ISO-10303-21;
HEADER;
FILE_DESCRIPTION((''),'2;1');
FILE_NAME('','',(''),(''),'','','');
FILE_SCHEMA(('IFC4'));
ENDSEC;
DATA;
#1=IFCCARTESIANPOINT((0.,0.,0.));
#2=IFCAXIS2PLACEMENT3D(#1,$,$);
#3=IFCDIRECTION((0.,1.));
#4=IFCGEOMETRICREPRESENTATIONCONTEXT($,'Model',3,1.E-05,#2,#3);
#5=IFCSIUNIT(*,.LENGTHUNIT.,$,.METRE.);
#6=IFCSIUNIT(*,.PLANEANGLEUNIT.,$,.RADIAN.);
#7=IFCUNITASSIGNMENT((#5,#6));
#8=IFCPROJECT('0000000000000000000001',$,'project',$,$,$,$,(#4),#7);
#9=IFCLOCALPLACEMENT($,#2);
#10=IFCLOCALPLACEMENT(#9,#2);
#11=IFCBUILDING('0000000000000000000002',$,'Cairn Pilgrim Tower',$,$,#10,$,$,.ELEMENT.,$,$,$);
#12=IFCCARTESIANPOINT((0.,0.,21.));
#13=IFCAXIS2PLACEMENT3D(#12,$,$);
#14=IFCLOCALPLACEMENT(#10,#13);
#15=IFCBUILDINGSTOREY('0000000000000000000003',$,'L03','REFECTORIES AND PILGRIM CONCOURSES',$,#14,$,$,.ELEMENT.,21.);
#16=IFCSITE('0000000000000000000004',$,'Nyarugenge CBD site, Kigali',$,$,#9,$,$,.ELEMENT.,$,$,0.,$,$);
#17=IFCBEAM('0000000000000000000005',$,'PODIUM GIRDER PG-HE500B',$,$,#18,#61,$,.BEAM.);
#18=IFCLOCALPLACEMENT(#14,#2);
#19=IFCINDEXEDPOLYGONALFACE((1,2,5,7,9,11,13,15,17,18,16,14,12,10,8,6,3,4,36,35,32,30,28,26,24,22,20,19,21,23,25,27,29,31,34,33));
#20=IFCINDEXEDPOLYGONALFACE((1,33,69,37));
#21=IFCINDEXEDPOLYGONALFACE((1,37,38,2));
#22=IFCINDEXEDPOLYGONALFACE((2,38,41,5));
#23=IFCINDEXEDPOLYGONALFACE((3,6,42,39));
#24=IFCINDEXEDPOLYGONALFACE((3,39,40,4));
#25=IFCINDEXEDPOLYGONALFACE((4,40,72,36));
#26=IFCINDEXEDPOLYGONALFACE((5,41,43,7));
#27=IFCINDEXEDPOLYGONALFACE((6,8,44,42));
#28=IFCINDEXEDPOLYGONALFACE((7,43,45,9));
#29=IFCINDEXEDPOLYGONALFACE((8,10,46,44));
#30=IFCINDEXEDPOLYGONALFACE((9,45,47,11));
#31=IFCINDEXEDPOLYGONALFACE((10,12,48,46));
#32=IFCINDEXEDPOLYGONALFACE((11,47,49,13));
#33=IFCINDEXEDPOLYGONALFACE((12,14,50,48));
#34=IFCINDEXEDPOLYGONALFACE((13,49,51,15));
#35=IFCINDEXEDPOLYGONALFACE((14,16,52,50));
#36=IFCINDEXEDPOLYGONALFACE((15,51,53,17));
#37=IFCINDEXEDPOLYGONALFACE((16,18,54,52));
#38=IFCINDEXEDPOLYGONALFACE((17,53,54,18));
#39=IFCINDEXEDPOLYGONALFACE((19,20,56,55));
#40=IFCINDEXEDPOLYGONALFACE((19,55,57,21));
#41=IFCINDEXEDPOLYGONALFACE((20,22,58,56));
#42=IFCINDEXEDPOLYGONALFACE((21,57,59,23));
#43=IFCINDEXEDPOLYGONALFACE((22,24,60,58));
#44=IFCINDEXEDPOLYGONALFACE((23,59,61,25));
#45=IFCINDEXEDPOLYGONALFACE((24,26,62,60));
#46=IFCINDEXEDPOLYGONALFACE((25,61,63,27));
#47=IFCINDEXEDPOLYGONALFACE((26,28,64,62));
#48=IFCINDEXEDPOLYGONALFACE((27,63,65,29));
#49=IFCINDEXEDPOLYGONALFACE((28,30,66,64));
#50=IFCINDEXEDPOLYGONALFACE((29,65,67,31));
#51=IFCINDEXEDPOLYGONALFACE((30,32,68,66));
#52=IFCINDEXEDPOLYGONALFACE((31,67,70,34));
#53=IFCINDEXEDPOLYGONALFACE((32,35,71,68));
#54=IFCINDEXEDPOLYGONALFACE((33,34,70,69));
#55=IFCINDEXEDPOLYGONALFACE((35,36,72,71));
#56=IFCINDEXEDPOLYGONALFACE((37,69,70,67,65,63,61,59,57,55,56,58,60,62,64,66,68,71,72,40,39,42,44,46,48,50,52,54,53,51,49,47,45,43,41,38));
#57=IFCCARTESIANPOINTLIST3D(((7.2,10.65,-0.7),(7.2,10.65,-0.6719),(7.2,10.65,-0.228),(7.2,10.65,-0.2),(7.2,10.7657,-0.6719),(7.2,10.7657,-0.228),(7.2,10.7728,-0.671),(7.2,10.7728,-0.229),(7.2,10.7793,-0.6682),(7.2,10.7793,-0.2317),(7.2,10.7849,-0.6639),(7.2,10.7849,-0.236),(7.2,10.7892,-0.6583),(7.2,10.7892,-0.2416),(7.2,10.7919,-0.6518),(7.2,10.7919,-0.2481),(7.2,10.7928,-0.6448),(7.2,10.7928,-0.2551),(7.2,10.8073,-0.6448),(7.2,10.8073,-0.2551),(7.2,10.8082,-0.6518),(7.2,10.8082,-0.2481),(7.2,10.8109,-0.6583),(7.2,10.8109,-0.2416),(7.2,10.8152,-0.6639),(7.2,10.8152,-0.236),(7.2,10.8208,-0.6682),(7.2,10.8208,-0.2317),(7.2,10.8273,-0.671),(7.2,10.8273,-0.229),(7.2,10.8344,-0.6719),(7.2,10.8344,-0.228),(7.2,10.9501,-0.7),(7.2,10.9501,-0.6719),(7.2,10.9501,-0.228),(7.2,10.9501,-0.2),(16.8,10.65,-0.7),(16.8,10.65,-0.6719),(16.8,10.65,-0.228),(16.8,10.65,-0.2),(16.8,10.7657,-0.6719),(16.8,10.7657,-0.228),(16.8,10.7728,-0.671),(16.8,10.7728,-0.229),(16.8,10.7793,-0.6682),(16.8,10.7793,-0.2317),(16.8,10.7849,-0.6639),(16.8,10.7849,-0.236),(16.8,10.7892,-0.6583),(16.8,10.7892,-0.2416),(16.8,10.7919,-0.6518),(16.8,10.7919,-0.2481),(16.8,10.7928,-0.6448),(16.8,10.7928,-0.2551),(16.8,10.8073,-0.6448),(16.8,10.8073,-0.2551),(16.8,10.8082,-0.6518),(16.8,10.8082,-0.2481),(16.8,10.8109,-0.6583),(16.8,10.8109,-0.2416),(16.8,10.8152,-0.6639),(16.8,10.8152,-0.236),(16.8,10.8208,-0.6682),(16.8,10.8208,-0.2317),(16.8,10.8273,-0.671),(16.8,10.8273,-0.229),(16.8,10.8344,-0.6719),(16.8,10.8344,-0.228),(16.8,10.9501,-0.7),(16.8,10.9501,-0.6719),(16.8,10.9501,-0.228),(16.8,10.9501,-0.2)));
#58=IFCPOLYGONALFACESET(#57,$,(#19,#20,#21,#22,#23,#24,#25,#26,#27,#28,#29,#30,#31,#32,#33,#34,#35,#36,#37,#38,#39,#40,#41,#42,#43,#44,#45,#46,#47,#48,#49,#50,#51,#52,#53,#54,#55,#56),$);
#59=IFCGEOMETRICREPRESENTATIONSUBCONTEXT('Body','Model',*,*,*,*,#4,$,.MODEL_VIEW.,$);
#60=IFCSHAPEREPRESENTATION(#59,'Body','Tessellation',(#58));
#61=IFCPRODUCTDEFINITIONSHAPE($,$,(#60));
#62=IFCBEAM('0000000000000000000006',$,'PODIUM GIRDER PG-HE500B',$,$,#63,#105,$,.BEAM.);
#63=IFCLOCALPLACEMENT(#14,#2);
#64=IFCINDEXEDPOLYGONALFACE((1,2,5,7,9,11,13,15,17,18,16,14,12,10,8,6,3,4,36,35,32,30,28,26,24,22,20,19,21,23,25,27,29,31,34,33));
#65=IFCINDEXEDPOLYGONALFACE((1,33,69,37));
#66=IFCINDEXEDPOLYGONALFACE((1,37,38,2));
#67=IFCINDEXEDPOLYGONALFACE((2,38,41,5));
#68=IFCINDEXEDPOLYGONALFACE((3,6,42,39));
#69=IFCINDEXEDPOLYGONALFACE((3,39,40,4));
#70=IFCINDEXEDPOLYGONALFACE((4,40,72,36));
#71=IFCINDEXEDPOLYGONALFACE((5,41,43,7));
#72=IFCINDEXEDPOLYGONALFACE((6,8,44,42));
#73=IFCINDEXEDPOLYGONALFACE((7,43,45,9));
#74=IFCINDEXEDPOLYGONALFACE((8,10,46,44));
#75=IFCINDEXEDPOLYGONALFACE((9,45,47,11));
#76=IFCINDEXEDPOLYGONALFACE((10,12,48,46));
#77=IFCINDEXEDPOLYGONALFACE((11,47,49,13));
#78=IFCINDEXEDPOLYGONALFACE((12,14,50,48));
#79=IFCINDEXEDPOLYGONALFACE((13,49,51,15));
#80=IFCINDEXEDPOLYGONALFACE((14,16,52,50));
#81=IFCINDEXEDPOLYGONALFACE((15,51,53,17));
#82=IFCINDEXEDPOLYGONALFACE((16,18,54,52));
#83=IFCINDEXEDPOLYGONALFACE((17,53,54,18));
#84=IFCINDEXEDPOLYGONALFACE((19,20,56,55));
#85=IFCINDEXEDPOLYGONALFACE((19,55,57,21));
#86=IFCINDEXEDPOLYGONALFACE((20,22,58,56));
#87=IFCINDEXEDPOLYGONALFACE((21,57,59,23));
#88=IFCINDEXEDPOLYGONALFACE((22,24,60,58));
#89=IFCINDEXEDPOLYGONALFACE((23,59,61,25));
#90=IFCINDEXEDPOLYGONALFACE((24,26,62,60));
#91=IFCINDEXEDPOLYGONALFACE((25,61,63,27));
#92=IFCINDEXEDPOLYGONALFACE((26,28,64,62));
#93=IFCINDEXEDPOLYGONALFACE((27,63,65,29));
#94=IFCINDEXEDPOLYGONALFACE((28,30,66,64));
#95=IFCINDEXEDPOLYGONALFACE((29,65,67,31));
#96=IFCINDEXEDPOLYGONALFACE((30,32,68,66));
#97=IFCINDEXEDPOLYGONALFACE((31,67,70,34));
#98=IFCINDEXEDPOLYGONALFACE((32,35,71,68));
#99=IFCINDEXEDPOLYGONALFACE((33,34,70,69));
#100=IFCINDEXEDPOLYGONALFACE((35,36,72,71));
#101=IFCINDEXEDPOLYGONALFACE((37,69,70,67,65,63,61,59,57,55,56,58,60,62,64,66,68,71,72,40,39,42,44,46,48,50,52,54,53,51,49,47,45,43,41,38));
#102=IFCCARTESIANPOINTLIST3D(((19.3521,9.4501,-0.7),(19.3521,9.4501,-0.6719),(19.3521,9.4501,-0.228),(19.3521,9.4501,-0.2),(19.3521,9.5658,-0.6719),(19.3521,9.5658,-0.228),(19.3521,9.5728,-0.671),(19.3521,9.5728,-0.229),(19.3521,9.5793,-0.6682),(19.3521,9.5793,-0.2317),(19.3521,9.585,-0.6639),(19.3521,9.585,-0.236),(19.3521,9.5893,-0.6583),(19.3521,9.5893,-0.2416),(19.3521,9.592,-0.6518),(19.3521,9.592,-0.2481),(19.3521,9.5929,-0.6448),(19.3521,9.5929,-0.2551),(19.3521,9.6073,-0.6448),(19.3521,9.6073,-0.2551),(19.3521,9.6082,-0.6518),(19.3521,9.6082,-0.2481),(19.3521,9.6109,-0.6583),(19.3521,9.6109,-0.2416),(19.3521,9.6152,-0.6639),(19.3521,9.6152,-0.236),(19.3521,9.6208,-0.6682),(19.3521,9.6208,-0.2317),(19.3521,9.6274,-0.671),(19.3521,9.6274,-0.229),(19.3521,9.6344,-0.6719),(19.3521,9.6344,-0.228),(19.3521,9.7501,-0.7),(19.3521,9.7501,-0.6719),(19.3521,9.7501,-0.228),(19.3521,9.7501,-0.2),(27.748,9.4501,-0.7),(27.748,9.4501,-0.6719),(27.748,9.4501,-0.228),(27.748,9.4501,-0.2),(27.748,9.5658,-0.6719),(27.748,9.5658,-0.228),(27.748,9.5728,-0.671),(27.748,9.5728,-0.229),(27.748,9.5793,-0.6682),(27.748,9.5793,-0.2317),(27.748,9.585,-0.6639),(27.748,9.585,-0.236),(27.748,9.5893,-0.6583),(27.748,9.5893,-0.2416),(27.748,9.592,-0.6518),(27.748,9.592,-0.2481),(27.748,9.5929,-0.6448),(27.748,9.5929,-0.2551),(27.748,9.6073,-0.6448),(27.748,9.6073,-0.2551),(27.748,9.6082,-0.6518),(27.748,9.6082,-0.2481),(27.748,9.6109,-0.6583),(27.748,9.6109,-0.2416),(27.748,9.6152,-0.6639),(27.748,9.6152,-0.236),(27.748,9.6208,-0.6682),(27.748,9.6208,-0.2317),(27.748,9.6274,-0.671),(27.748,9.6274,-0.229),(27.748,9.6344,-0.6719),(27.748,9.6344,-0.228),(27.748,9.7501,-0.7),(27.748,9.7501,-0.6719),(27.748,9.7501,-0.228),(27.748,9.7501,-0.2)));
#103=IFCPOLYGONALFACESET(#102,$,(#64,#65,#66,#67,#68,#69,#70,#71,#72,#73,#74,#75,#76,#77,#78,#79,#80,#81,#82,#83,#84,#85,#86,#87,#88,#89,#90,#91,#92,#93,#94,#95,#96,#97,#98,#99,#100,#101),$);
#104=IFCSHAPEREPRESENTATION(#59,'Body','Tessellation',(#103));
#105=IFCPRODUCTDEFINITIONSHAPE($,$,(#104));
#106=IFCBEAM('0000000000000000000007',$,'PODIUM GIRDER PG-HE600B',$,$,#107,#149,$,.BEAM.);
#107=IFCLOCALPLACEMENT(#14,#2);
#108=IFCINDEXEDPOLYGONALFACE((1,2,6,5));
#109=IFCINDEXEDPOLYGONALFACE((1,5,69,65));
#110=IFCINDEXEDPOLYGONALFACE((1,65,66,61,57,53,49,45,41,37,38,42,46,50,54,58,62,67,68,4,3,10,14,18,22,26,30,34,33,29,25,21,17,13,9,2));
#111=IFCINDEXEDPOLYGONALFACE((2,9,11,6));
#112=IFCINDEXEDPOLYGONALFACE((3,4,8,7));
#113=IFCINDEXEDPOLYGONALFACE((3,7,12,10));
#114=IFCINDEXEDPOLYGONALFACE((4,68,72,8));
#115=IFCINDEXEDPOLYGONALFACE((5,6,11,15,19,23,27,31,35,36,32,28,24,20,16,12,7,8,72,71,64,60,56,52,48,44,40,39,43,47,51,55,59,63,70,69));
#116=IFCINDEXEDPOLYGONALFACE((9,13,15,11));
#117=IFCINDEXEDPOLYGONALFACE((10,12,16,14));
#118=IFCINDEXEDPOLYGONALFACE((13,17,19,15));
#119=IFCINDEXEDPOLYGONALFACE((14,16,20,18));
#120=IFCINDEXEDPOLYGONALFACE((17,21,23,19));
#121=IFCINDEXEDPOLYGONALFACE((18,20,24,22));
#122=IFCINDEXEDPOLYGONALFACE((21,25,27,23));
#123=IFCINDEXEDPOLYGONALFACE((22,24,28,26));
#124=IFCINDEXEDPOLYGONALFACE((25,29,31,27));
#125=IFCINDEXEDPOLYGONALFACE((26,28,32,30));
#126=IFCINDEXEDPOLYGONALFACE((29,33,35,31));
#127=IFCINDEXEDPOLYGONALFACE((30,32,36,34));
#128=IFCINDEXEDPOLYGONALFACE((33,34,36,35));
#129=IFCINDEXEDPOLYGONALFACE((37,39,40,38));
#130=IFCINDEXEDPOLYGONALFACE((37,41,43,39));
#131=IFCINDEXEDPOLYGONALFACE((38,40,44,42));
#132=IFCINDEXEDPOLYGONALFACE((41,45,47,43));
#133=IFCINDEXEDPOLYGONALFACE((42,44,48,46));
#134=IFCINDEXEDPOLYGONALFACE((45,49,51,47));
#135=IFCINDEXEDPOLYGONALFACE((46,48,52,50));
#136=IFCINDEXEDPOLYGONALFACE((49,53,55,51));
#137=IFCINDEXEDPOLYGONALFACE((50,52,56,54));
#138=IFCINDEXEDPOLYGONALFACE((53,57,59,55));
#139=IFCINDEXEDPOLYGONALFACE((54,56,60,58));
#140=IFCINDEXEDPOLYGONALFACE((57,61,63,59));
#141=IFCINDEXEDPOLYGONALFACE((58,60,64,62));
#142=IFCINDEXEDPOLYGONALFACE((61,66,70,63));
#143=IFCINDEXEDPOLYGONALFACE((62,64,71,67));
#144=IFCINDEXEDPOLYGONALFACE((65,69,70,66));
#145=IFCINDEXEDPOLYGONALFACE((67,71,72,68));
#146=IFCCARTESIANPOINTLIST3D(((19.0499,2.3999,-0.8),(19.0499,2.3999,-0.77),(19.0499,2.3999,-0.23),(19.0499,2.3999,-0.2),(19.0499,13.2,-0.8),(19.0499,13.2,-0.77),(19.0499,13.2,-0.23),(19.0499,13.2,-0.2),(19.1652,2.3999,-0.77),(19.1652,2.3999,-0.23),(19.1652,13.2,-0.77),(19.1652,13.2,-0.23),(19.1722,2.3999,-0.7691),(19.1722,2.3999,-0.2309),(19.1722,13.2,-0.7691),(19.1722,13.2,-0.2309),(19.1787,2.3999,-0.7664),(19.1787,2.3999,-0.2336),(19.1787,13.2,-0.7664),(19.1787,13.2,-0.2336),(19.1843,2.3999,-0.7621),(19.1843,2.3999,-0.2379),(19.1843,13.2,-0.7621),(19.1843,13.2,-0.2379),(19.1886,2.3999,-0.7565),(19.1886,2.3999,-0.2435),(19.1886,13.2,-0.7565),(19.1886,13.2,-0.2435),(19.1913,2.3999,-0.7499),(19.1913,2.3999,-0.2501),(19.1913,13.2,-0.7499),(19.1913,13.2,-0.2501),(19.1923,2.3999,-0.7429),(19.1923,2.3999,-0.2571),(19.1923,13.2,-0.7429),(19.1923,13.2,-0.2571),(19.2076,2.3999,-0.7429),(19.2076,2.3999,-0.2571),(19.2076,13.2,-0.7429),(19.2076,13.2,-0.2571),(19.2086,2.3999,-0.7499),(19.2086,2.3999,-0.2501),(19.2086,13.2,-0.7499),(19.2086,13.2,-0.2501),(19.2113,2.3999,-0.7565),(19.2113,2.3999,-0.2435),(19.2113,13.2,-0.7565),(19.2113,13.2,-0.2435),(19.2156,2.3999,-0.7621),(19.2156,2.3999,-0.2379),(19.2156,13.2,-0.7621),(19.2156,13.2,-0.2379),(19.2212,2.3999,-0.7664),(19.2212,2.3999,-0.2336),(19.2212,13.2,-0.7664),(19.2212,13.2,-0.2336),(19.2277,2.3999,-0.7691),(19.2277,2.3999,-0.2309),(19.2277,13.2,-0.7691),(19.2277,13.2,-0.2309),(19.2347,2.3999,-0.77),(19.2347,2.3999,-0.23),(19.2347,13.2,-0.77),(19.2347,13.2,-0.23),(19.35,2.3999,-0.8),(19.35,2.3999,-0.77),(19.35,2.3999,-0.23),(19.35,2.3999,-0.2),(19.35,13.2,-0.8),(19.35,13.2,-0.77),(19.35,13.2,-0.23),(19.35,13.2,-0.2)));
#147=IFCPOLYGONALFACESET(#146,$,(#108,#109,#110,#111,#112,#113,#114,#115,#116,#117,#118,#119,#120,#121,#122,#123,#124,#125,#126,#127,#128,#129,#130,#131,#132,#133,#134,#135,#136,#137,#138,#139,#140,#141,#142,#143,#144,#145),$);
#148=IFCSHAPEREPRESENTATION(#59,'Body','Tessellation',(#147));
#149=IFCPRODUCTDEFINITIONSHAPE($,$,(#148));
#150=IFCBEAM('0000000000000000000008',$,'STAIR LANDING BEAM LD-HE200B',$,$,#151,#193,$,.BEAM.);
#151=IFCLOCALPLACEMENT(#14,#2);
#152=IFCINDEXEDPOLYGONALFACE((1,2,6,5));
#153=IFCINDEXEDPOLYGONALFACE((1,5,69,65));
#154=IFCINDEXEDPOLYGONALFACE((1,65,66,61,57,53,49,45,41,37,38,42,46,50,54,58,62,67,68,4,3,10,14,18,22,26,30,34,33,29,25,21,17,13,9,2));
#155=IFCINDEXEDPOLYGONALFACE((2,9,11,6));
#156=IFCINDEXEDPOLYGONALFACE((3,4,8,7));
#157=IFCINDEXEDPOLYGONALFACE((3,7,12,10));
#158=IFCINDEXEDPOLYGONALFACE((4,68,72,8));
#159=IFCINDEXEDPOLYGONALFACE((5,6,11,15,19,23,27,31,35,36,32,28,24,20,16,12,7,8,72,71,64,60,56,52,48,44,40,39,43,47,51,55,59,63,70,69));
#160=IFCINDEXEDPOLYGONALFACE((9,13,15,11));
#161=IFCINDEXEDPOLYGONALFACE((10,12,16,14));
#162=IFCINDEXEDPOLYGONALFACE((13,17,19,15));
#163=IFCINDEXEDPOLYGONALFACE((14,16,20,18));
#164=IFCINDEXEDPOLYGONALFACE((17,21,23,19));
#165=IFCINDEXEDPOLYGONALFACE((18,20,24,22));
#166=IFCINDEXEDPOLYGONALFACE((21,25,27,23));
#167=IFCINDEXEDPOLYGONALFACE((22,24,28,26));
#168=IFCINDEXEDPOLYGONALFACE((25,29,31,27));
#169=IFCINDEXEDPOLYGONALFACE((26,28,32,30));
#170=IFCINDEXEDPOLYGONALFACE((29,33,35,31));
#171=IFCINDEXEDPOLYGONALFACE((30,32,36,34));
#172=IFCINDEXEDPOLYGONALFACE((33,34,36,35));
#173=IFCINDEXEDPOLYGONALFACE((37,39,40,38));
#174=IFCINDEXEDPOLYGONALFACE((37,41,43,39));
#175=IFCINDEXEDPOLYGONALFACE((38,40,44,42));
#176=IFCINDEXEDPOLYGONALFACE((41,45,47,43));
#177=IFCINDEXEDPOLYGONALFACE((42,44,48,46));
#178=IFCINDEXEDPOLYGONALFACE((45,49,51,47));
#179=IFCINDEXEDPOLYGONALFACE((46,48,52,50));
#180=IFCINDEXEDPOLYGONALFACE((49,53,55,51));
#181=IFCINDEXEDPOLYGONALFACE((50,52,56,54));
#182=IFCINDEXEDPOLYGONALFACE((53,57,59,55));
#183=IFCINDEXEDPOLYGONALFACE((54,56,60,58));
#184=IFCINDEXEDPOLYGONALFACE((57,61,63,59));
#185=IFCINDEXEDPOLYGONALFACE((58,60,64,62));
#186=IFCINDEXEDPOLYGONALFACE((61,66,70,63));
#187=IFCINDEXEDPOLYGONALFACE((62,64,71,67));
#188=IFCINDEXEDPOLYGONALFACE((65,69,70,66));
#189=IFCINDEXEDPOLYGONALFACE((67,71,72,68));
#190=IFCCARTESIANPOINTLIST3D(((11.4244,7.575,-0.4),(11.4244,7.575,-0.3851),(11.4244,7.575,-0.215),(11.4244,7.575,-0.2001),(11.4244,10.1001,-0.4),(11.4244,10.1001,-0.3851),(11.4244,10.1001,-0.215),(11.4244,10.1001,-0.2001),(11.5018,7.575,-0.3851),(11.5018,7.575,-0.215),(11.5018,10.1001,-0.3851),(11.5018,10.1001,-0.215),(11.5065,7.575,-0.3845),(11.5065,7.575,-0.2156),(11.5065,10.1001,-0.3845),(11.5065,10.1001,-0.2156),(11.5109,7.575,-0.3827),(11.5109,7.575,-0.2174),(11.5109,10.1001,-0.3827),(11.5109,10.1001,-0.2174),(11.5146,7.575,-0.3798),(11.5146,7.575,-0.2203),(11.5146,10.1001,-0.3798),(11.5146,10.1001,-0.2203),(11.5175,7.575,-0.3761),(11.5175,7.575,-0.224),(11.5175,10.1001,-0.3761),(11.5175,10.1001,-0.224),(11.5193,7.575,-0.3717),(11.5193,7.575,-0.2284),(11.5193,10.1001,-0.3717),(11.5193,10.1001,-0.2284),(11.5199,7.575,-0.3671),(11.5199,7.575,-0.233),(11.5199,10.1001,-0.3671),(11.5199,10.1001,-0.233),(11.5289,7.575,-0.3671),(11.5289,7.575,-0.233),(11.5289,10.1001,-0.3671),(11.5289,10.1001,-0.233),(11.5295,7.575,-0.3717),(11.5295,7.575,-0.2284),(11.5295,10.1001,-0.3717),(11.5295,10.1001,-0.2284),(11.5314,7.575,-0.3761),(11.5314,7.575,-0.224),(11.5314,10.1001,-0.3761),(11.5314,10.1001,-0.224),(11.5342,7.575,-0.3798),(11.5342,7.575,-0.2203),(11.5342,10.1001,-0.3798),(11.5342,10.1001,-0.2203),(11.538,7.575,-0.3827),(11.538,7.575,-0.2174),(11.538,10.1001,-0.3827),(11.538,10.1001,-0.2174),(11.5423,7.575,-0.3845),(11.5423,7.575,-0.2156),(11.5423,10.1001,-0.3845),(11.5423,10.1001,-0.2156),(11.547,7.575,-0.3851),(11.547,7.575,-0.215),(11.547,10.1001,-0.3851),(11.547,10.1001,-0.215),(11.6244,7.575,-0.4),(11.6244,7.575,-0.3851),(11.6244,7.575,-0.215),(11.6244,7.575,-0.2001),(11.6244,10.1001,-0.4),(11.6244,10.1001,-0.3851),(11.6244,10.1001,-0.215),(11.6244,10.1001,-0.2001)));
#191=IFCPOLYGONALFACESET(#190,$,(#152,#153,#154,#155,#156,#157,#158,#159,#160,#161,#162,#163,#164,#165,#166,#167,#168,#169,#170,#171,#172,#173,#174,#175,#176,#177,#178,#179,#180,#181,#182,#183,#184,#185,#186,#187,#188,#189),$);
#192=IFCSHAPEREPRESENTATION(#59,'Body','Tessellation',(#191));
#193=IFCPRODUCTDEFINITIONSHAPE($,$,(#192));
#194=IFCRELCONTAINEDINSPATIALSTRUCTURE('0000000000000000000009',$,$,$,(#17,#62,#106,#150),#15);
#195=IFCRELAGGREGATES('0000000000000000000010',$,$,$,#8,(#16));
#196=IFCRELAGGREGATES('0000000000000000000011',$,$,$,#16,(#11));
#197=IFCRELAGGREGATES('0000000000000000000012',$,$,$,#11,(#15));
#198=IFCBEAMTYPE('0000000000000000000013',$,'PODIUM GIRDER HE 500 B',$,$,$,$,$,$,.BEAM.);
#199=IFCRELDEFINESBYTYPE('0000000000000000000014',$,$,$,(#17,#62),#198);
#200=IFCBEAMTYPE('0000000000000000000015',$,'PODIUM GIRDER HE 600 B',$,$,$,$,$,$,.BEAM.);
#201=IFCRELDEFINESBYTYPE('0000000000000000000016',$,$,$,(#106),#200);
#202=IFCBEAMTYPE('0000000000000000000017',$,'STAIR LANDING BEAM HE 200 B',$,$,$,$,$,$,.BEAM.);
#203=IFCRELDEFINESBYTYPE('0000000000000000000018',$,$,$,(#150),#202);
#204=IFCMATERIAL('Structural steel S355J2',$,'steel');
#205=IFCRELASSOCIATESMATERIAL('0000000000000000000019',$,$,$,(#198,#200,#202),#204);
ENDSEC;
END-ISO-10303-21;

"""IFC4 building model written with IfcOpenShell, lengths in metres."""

from ifc_helpers import new_model, si_unit, direction, frame, origin, origin_2d, place, context, subcontext, project, spatial, i_section, extrude, material, material_profile, profile_set, type_object, element, save


model = new_model("IFC4")

# Units and contexts
model_context = context("Model", 3, precision=1e-05, world=origin(), true_north=direction((0.0, 1.0)))
body_context = subcontext(model_context, "Body", "Model", "MODEL_VIEW")
ifc_project = project(units=[si_unit("LENGTHUNIT", "METRE"), si_unit("PLANEANGLEUNIT", "RADIAN")], contexts=[model_context])

# Site, building, storey
site_placement = place(None, origin())
site = spatial("IfcSite", under=ifc_project, at=site_placement, Name="Nyarugenge CBD site, Kigali", CompositionType="ELEMENT", RefElevation=0.0)
building_placement = place(site_placement, origin())
building = spatial("IfcBuilding", under=site, at=building_placement, Name="Cairn Pilgrim Tower", CompositionType="ELEMENT")
storey_placement = place(building_placement, frame((0.0, 0.0, 21.0)))
storey = spatial("IfcBuildingStorey", under=building, at=storey_placement, Name="L03", Description="REFECTORIES AND PILGRIM CONCOURSES", CompositionType="ELEMENT", Elevation=21.0)

# Beams
ifc_material_1 = material(Name="Structural steel S355J2", Category="steel")
ifc_material_profile_1 = material_profile(ifc_material_1, i_section(OverallWidth=0.3, OverallDepth=0.5, WebThickness=0.0144, FlangeThickness=0.0281, FilletRadius=0.0271, at=origin_2d()), Name="HEB 500")
ifc_profile_set_1 = profile_set([ifc_material_profile_1], Name="Structural steel S355J2")
beam_type_1 = type_object("IfcBeamType", Name="PODIUM GIRDER HE 500 B", PredefinedType="BEAM", material=ifc_profile_set_1)
beam_1_placement = place(storey_placement, frame((16.8, 10.8, -0.45), z_axis=(-1.0, 0.0, 0.0), x_axis=(0.0, -1.0, 0.0)))
element("IfcBeam", 1, at=beam_1_placement, inside=storey, type_object=beam_type_1, Name="PODIUM GIRDER PG-HE500B", PredefinedType="BEAM", context=body_context, shape_type="SweptSolid", body=[
    extrude(i_section(OverallWidth=0.3, OverallDepth=0.5, WebThickness=0.0144, FlangeThickness=0.0281, FilletRadius=0.0271, at=origin_2d()), origin(), (0.0, 0.0, 1.0), 9.6001),
])
beam_2_placement = place(storey_placement, frame((19.3521, 9.6001, -0.45), z_axis=(1.0, 0.0, 0.0), x_axis=(0.0, 1.0, 0.0)))
element("IfcBeam", 2, at=beam_2_placement, inside=storey, type_object=beam_type_1, Name="PODIUM GIRDER PG-HE500B", PredefinedType="BEAM", context=body_context, shape_type="SweptSolid", body=[
    extrude(i_section(OverallWidth=0.3, OverallDepth=0.5, WebThickness=0.0144, FlangeThickness=0.0281, FilletRadius=0.0271, at=origin_2d()), origin(), (0.0, 0.0, 1.0), 8.396),
])
ifc_material_profile_2 = material_profile(ifc_material_1, i_section(OverallWidth=0.3, OverallDepth=0.6001, WebThickness=0.0154, FlangeThickness=0.03, FilletRadius=0.0271, at=origin_2d()), Name="HEB 600")
ifc_profile_set_2 = profile_set([ifc_material_profile_2], Name="Structural steel S355J2")
beam_type_2 = type_object("IfcBeamType", Name="PODIUM GIRDER HE 600 B", PredefinedType="BEAM", material=ifc_profile_set_2)
beam_3_placement = place(storey_placement, frame((19.2, 2.3999, -0.5), z_axis=(0.0, 1.0, 0.0), x_axis=(-1.0, 0.0, 0.0)))
element("IfcBeam", 3, at=beam_3_placement, inside=storey, type_object=beam_type_2, Name="PODIUM GIRDER PG-HE600B", PredefinedType="BEAM", context=body_context, shape_type="SweptSolid", body=[
    extrude(i_section(OverallWidth=0.3, OverallDepth=0.6001, WebThickness=0.0154, FlangeThickness=0.03, FilletRadius=0.0271, at=origin_2d()), origin(), (0.0, 0.0, 1.0), 10.8),
])
ifc_material_profile_3 = material_profile(ifc_material_1, i_section(OverallWidth=0.2, OverallDepth=0.2, WebThickness=0.009, FlangeThickness=0.0149, FilletRadius=0.0181, at=origin_2d()), Name="HE 200 B")
ifc_profile_set_3 = profile_set([ifc_material_profile_3], Name="Structural steel S355J2")
beam_type_3 = type_object("IfcBeamType", Name="STAIR LANDING BEAM HE 200 B", PredefinedType="BEAM", material=ifc_profile_set_3)
beam_4_placement = place(storey_placement, frame((11.5244, 10.1001, -0.3), z_axis=(0.0, -1.0, 0.0), x_axis=(1.0, 0.0, 0.0)))
element("IfcBeam", 4, at=beam_4_placement, inside=storey, type_object=beam_type_3, Name="STAIR LANDING BEAM LD-HE200B", PredefinedType="BEAM", context=body_context, shape_type="SweptSolid", body=[
    extrude(i_section(OverallWidth=0.2, OverallDepth=0.2, WebThickness=0.009, FlangeThickness=0.0149, FilletRadius=0.0181, at=origin_2d()), origin(), (0.0, 0.0, 1.0), 2.5251),
])

save(model, "model.ifc")
